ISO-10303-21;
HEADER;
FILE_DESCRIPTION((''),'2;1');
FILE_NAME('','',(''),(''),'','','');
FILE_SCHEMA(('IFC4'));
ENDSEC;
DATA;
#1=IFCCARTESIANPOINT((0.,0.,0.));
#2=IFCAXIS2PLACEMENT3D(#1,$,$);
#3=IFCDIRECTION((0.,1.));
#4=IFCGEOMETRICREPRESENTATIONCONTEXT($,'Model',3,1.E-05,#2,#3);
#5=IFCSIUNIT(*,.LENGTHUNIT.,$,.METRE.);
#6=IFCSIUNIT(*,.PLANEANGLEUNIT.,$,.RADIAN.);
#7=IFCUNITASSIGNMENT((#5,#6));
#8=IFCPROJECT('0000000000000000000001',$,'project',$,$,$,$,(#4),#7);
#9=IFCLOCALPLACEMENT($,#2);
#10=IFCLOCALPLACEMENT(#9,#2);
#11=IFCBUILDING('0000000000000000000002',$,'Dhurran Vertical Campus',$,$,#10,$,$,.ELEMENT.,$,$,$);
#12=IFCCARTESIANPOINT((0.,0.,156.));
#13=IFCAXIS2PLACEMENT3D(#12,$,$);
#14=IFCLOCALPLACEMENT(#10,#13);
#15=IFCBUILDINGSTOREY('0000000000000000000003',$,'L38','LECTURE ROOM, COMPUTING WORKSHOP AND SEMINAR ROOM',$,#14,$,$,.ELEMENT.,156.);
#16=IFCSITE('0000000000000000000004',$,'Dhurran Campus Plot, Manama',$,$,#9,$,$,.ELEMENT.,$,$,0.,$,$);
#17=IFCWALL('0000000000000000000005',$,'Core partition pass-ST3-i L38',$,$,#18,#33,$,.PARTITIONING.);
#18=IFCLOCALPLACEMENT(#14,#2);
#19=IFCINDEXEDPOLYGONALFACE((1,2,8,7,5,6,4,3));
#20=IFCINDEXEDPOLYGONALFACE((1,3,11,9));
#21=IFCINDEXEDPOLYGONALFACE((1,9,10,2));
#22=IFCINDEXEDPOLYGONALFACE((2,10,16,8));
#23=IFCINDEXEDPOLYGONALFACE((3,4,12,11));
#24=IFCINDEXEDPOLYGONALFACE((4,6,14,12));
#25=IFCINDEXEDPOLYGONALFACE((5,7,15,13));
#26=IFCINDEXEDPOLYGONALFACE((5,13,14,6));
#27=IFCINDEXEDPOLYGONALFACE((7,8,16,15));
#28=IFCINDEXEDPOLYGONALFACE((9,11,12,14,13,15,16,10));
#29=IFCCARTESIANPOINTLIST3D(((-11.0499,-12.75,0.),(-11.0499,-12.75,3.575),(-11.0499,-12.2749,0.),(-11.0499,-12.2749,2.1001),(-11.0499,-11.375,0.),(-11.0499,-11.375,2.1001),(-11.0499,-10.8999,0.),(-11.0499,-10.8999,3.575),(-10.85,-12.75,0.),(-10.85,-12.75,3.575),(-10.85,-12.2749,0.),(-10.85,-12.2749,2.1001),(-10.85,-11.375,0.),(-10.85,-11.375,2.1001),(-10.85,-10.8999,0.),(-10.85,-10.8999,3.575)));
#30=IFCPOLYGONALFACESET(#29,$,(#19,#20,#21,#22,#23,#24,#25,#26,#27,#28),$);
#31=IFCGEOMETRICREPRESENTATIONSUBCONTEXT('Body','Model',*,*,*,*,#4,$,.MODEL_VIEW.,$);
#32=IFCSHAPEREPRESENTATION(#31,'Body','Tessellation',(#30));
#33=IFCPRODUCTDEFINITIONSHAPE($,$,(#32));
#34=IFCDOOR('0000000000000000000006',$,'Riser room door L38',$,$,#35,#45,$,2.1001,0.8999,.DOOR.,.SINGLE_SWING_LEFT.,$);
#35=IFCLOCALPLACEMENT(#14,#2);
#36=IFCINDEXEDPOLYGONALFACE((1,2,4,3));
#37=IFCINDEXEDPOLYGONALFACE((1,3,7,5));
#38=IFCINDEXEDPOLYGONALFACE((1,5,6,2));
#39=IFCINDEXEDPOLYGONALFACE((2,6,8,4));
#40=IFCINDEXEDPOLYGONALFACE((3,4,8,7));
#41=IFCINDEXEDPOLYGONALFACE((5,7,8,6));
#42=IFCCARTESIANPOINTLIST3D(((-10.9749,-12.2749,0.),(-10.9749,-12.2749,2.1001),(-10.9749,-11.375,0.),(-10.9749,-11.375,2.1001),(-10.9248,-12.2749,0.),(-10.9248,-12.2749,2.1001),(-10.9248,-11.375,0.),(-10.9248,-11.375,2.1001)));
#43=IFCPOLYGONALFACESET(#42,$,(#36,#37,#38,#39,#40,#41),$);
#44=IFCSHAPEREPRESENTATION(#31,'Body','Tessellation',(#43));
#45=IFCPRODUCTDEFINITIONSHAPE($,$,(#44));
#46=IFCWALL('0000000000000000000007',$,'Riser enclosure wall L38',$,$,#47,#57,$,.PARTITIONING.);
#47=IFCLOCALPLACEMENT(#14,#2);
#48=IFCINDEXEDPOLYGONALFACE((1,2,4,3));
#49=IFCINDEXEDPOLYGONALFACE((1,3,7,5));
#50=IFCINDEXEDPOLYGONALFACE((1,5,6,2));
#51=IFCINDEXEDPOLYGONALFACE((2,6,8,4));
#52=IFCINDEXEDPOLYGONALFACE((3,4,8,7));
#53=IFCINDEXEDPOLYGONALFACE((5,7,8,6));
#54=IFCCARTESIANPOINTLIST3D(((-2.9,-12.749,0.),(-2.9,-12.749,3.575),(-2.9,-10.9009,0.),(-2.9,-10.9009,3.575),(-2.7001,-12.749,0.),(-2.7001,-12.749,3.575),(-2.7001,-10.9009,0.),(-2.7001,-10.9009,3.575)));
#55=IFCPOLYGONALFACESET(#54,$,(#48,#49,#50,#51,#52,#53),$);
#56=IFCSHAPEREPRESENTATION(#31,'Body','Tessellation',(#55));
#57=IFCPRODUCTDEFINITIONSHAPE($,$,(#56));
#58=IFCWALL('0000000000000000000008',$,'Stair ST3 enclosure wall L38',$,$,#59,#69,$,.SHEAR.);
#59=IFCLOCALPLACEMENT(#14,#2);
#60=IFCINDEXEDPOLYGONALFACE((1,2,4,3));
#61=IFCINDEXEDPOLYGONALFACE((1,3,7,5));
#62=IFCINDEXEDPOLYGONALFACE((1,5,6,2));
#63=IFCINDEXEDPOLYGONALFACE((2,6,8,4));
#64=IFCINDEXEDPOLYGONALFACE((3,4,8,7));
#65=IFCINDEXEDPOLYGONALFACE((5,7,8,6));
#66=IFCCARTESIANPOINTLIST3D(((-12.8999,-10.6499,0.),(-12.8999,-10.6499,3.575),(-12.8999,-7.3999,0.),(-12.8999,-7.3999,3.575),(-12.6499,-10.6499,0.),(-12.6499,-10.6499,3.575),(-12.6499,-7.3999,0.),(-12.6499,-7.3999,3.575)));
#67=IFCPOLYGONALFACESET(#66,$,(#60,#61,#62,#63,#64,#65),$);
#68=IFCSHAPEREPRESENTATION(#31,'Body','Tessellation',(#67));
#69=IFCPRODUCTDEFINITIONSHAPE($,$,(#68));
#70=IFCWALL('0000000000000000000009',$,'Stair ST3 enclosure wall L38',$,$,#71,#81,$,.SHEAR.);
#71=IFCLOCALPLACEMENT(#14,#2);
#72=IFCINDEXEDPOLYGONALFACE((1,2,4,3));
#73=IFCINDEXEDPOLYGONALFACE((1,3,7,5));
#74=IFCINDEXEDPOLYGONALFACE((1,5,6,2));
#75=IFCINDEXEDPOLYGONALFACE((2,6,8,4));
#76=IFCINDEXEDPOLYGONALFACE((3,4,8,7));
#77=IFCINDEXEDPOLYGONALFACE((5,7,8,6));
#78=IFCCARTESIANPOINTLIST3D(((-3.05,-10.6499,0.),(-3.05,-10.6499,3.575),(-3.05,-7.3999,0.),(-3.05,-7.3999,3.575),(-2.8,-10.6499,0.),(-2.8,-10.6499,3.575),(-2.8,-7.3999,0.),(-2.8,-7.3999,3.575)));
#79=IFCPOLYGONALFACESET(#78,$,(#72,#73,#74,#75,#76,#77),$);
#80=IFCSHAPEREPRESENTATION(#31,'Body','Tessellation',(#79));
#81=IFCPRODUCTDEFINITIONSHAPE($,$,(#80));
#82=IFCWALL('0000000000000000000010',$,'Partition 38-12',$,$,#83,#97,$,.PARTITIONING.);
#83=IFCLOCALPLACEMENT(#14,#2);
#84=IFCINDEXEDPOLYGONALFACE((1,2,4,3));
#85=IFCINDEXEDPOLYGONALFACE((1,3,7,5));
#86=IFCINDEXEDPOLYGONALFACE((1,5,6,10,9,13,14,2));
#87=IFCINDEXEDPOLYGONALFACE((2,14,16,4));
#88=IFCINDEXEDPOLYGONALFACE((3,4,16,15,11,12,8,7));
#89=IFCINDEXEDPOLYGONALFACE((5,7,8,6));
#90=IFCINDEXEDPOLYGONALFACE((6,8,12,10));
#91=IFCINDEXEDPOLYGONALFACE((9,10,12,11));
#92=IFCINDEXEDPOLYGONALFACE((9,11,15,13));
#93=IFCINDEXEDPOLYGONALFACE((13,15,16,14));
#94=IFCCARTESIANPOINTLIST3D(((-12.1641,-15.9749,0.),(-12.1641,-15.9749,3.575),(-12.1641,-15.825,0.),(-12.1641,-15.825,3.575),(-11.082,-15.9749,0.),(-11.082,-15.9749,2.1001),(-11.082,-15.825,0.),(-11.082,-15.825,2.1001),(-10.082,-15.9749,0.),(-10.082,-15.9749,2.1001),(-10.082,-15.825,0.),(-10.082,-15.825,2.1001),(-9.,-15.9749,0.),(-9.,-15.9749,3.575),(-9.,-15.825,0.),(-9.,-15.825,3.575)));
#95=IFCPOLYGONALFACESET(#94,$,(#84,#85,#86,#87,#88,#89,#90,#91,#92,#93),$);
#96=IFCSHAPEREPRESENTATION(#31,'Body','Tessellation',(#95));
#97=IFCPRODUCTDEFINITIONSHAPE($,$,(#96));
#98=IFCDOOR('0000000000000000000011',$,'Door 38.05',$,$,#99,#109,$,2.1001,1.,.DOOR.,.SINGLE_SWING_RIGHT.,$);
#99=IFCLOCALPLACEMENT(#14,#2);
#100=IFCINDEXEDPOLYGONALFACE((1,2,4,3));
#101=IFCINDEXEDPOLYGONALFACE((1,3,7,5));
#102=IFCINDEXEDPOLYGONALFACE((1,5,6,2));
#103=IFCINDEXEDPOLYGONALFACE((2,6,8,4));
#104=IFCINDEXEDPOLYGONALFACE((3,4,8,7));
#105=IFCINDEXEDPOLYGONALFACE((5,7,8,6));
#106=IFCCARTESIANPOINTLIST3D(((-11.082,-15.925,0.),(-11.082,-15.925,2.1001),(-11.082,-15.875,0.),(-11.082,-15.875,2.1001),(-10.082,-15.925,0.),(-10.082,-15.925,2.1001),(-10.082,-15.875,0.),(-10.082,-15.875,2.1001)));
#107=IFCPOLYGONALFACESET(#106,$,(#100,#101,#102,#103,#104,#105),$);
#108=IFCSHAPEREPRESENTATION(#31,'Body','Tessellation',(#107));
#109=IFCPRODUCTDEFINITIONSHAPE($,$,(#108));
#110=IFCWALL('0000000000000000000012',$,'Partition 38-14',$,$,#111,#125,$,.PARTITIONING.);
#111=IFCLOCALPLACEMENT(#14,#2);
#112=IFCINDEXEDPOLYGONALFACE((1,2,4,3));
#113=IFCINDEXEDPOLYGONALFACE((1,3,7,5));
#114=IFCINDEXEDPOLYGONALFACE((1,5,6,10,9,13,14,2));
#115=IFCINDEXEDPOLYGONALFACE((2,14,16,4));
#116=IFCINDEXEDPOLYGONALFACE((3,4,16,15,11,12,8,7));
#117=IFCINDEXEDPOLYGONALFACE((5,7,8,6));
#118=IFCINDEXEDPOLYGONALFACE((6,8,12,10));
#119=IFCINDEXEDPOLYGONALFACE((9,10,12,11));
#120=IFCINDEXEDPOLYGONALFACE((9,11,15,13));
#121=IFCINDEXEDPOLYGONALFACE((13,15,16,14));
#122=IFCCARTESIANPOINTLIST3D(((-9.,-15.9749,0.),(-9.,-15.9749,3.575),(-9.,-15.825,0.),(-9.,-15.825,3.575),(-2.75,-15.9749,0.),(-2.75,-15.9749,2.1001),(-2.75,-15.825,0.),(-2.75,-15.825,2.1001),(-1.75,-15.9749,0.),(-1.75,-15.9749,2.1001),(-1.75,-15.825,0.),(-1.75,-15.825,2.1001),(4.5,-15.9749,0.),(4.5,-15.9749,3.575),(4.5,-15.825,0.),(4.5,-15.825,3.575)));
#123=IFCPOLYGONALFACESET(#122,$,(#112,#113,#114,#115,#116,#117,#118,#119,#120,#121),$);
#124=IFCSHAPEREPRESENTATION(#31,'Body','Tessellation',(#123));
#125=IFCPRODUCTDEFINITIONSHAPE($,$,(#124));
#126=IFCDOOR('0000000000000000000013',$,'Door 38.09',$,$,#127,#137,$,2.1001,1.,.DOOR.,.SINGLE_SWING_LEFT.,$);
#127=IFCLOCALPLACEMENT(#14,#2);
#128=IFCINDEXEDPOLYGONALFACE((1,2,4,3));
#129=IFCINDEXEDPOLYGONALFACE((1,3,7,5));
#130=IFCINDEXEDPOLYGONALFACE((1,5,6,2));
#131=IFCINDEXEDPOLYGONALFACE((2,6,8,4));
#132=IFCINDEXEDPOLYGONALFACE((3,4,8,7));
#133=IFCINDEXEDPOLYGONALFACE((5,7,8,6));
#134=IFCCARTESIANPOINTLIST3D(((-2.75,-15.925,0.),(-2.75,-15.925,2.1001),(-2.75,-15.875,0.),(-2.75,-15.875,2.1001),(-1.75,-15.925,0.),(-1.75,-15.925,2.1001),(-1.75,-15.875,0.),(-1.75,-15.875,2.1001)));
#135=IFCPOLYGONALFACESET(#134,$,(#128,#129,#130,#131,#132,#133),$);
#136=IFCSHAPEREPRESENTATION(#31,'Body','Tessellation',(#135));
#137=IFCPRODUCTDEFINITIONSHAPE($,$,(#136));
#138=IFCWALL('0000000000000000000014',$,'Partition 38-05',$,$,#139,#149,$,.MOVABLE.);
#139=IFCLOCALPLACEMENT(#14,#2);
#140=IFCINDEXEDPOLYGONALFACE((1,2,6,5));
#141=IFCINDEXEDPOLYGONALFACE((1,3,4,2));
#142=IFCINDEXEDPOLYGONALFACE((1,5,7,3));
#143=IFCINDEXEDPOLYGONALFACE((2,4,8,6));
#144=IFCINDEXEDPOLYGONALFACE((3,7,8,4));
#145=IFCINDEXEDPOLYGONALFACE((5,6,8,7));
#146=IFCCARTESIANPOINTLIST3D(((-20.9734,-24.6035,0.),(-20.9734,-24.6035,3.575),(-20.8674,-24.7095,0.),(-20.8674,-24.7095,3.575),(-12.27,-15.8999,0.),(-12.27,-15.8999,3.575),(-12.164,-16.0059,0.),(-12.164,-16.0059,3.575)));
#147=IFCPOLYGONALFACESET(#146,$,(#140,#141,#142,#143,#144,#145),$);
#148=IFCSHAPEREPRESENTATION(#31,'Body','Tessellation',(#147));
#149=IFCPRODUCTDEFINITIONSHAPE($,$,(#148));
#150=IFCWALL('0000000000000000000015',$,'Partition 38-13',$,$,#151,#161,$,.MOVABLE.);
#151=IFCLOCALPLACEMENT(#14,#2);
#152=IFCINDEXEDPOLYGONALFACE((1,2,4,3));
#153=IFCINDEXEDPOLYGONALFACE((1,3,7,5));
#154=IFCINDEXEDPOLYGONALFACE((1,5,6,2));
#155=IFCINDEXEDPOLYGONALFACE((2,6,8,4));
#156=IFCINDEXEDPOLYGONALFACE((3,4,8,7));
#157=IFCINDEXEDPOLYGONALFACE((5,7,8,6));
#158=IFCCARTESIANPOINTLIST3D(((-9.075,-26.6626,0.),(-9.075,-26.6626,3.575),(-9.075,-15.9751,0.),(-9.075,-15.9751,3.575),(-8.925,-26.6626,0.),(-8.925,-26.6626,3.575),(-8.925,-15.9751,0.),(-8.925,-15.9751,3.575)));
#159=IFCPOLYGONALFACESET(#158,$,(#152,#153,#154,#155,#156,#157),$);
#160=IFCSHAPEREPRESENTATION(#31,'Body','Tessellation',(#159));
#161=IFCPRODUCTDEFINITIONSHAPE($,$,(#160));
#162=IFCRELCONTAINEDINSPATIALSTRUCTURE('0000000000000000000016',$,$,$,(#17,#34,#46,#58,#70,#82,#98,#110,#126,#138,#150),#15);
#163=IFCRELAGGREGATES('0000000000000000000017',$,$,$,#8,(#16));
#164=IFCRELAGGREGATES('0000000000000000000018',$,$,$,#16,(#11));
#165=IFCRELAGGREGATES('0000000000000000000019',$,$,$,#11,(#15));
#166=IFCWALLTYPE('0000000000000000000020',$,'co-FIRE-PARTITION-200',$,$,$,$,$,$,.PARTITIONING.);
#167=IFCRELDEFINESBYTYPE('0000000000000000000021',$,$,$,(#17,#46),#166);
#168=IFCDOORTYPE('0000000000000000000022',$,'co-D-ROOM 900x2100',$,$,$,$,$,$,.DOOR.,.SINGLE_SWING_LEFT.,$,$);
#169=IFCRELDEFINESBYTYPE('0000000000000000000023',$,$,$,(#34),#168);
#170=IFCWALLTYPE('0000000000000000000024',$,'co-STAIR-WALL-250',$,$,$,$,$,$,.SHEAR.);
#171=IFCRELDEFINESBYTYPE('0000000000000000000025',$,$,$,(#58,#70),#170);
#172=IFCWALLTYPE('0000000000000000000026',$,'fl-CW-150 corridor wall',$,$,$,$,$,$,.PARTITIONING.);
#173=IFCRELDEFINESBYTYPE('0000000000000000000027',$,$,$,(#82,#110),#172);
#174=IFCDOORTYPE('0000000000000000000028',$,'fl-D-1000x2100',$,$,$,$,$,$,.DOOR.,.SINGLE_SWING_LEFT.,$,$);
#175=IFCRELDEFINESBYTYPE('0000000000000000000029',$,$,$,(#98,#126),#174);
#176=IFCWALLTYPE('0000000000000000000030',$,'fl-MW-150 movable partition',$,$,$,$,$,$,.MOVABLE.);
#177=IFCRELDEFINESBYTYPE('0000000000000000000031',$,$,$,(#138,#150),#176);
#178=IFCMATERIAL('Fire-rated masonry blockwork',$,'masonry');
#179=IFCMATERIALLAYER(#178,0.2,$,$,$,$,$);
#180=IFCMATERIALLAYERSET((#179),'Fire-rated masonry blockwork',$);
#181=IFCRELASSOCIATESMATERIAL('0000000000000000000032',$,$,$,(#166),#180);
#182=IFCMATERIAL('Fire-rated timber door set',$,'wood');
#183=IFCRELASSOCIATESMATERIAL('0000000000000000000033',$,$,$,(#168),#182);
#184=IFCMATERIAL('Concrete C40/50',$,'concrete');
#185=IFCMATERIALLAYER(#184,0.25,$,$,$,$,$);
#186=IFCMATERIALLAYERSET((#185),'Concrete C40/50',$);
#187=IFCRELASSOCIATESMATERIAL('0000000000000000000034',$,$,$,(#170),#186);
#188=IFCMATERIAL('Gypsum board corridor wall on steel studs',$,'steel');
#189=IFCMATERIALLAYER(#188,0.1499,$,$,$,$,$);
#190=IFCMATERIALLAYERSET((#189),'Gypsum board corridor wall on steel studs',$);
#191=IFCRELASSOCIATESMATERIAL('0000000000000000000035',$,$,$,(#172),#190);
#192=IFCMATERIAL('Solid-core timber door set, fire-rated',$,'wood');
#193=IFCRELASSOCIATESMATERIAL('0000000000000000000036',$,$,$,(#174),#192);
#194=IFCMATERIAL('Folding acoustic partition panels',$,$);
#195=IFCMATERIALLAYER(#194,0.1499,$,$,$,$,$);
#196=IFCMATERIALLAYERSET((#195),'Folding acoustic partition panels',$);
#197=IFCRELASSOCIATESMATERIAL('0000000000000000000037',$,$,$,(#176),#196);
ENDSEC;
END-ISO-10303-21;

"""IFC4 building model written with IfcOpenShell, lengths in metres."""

from ifc_helpers import new_model, si_unit, direction, frame, frame_2d, origin, place, context, subcontext, project, spatial, rectangle, extrude, material, layer, layer_set, type_object, element, fill, save


model = new_model("IFC4")

# Units and contexts
model_context = context("Model", 3, precision=1e-05, world=origin(), true_north=direction((0.0, 1.0)))
body_context = subcontext(model_context, "Body", "Model", "MODEL_VIEW")
ifc_project = project(units=[si_unit("LENGTHUNIT", "METRE"), si_unit("PLANEANGLEUNIT", "RADIAN")], contexts=[model_context])

# Site, building, storey
site_placement = place(None, origin())
site = spatial("IfcSite", under=ifc_project, at=site_placement, Name="Dhurran Campus Plot, Manama", CompositionType="ELEMENT", RefElevation=0.0)
building_placement = place(site_placement, origin())
building = spatial("IfcBuilding", under=site, at=building_placement, Name="Dhurran Vertical Campus", CompositionType="ELEMENT")
storey_placement = place(building_placement, frame((0.0, 0.0, 156.0)))
storey = spatial("IfcBuildingStorey", under=building, at=storey_placement, Name="L38", Description="LECTURE ROOM, COMPUTING WORKSHOP AND SEMINAR ROOM", CompositionType="ELEMENT", Elevation=156.0)

# Shared definitions
ifc_material_1 = material(Name="Fire-rated masonry blockwork", Category="masonry")
ifc_layer_1 = layer(ifc_material_1, 0.2)
ifc_layer_set_1 = layer_set([ifc_layer_1], Name="Fire-rated masonry blockwork")
wall_type_1 = type_object("IfcWallType", Name="co-FIRE-PARTITION-200", PredefinedType="PARTITIONING", material=ifc_layer_set_1)

# Shared definitions
ifc_material_2 = material(Name="Fire-rated timber door set", Category="wood")
door_type_1 = type_object("IfcDoorType", Name="co-D-ROOM 900x2100", OperationType="SINGLE_SWING_LEFT", PredefinedType="DOOR", material=ifc_material_2)

# Wall, opening, door
wall_1_placement = place(storey_placement, frame((-10.95, -12.75, 0.0), z_axis=(0.0, 0.0, 1.0), x_axis=(0.0, 1.0, 0.0)))
wall_1 = element("IfcWall", 1, at=wall_1_placement, inside=storey, type_object=wall_type_1, Name="Core partition pass-ST3-i L38", PredefinedType="PARTITIONING", context=body_context, shape_type="SweptSolid", body=[
    extrude(rectangle(XDim=1.8501, YDim=0.2, at=frame_2d((0.925, 0.0))), origin(), (0.0, 0.0, 1.0), 3.575),
])
opening_1_placement = place(wall_1_placement, frame((0.4751, 0.0, 0.0)))
opening_1 = element("IfcOpeningElement", 2, at=opening_1_placement, cuts=wall_1, PredefinedType="OPENING", context=body_context, shape_type="SweptSolid", body=[
    extrude(rectangle(XDim=0.8999, YDim=2.1001, at=frame_2d((0.45, 1.05))), frame((0.0, 0.1099, 0.0), z_axis=(0.0, -1.0, 0.0), x_axis=(1.0, 0.0, 0.0)), (0.0, 0.0, 1.0), 0.22),
])
door_1_placement = place(opening_1_placement, origin())
door_1 = element("IfcDoor", 3, at=door_1_placement, inside=storey, type_object=door_type_1, Name="Riser room door L38", OperationType="SINGLE_SWING_LEFT", OverallHeight=2.1001, OverallWidth=0.8999, PredefinedType="DOOR", context=body_context, shape_type="SweptSolid", body=[
    extrude(rectangle(XDim=0.8999, YDim=2.1001, at=frame_2d((0.45, 1.05))), frame((0.0, 0.0249, 0.0), z_axis=(0.0, -1.0, 0.0), x_axis=(1.0, 0.0, 0.0)), (0.0, 0.0, 1.0), 0.05),
])
fill(opening_1, door_1)

# Walls
wall_2_placement = place(storey_placement, frame((-2.8, -12.749, 0.0), z_axis=(0.0, 0.0, 1.0), x_axis=(0.0, 1.0, 0.0)))
element("IfcWall", 4, at=wall_2_placement, inside=storey, type_object=wall_type_1, Name="Riser enclosure wall L38", PredefinedType="PARTITIONING", context=body_context, shape_type="SweptSolid", body=[
    extrude(rectangle(XDim=1.8481, YDim=0.2, at=frame_2d((0.9241, 0.0))), origin(), (0.0, 0.0, 1.0), 3.575),
])
ifc_material_3 = material(Name="Concrete C40/50", Category="concrete")
ifc_layer_2 = layer(ifc_material_3, 0.25)
ifc_layer_set_2 = layer_set([ifc_layer_2], Name="Concrete C40/50")
wall_type_2 = type_object("IfcWallType", Name="co-STAIR-WALL-250", PredefinedType="SHEAR", material=ifc_layer_set_2)
for number, where, z_axis, x_axis, name in (
    (5, (-12.7749, -10.6499, 0.0), (0.0, 0.0, 1.0), (0.0, 1.0, 0.0), "Stair ST3 enclosure wall L38"),
    (6, (-2.925, -10.6499, 0.0), (0.0, 0.0, 1.0), (0.0, 1.0, 0.0), "Stair ST3 enclosure wall L38"),
):
    element("IfcWall", number, at=place(storey_placement, frame(where, z_axis=z_axis, x_axis=x_axis)), inside=storey, type_object=wall_type_2, Name=name, PredefinedType="SHEAR", context=body_context, shape_type="SweptSolid", body=[
        extrude(rectangle(XDim=3.25, YDim=0.25, at=frame_2d((1.625, 0.0))), origin(), (0.0, 0.0, 1.0), 3.575),
    ])

# Walls, openings, doors
ifc_material_4 = material(Name="Gypsum board corridor wall on steel studs", Category="steel")
ifc_layer_3 = layer(ifc_material_4, 0.1499)
ifc_layer_set_3 = layer_set([ifc_layer_3], Name="Gypsum board corridor wall on steel studs")
wall_type_3 = type_object("IfcWallType", Name="fl-CW-150 corridor wall", PredefinedType="PARTITIONING", material=ifc_layer_set_3)
wall_3_placement = place(storey_placement, frame((-12.1641, -15.8999, 0.0), z_axis=(0.0, 0.0, 1.0), x_axis=(1.0, 0.0, 0.0)))
wall_3 = element("IfcWall", 7, at=wall_3_placement, inside=storey, type_object=wall_type_3, Name="Partition 38-12", PredefinedType="PARTITIONING", context=body_context, shape_type="SweptSolid", body=[
    extrude(rectangle(XDim=3.1641, YDim=0.1499, at=frame_2d((1.582, 0.0))), origin(), (0.0, 0.0, 1.0), 3.575),
])
opening_2_placement = place(wall_3_placement, frame((1.082, 0.0, 0.0)))
opening_2 = element("IfcOpeningElement", 8, at=opening_2_placement, cuts=wall_3, PredefinedType="OPENING", context=body_context, shape_type="SweptSolid", body=[
    extrude(rectangle(XDim=1.0, YDim=2.1001, at=frame_2d((0.5, 1.05))), frame((0.0, 0.085, 0.0), z_axis=(0.0, -1.0, 0.0), x_axis=(1.0, 0.0, 0.0)), (0.0, 0.0, 1.0), 0.1699),
])
ifc_material_5 = material(Name="Solid-core timber door set, fire-rated", Category="wood")
door_type_2 = type_object("IfcDoorType", Name="fl-D-1000x2100", OperationType="SINGLE_SWING_LEFT", PredefinedType="DOOR", material=ifc_material_5)
door_2_placement = place(opening_2_placement, origin())
door_2 = element("IfcDoor", 9, at=door_2_placement, inside=storey, type_object=door_type_2, Name="Door 38.05", OperationType="SINGLE_SWING_RIGHT", OverallHeight=2.1001, OverallWidth=1.0, PredefinedType="DOOR", context=body_context, shape_type="SweptSolid", body=[
    extrude(rectangle(XDim=1.0, YDim=2.1001, at=frame_2d((0.5, 1.05))), frame((0.0, 0.0249, 0.0), z_axis=(0.0, -1.0, 0.0), x_axis=(1.0, 0.0, 0.0)), (0.0, 0.0, 1.0), 0.05),
])
fill(opening_2, door_2)
wall_4_placement = place(storey_placement, frame((-9.0, -15.8999, 0.0), z_axis=(0.0, 0.0, 1.0), x_axis=(1.0, 0.0, 0.0)))
wall_4 = element("IfcWall", 10, at=wall_4_placement, inside=storey, type_object=wall_type_3, Name="Partition 38-14", PredefinedType="PARTITIONING", context=body_context, shape_type="SweptSolid", body=[
    extrude(rectangle(XDim=13.5, YDim=0.1499, at=frame_2d((6.75, 0.0))), origin(), (0.0, 0.0, 1.0), 3.575),
])
opening_3_placement = place(wall_4_placement, frame((6.25, 0.0, 0.0)))
opening_3 = element("IfcOpeningElement", 11, at=opening_3_placement, cuts=wall_4, PredefinedType="OPENING", context=body_context, shape_type="SweptSolid", body=[
    extrude(rectangle(XDim=1.0, YDim=2.1001, at=frame_2d((0.5, 1.05))), frame((0.0, 0.085, 0.0), z_axis=(0.0, -1.0, 0.0), x_axis=(1.0, 0.0, 0.0)), (0.0, 0.0, 1.0), 0.1699),
])
door_3_placement = place(opening_3_placement, origin())
door_3 = element("IfcDoor", 12, at=door_3_placement, inside=storey, type_object=door_type_2, Name="Door 38.09", OperationType="SINGLE_SWING_LEFT", OverallHeight=2.1001, OverallWidth=1.0, PredefinedType="DOOR", context=body_context, shape_type="SweptSolid", body=[
    extrude(rectangle(XDim=1.0, YDim=2.1001, at=frame_2d((0.5, 1.05))), frame((0.0, 0.0249, 0.0), z_axis=(0.0, -1.0, 0.0), x_axis=(1.0, 0.0, 0.0)), (0.0, 0.0, 1.0), 0.05),
])
fill(opening_3, door_3)

# Walls
ifc_material_6 = material(Name="Folding acoustic partition panels")
ifc_layer_4 = layer(ifc_material_6, 0.1499)
ifc_layer_set_4 = layer_set([ifc_layer_4], Name="Folding acoustic partition panels")
wall_type_4 = type_object("IfcWallType", Name="fl-MW-150 movable partition", PredefinedType="MOVABLE", material=ifc_layer_set_4)
wall_5_placement = place(storey_placement, frame((-12.217, -15.9529, 0.0), z_axis=(0.0, 0.0, 1.0), x_axis=(-0.707097, -0.707117, 0.0)))
element("IfcWall", 13, at=wall_5_placement, inside=storey, type_object=wall_type_4, Name="Partition 38-05", PredefinedType="MOVABLE", context=body_context, shape_type="SweptSolid", body=[
    extrude(rectangle(XDim=12.3086, YDim=0.1499, at=frame_2d((6.1543, 0.0))), origin(), (0.0, 0.0, 1.0), 3.575),
])
wall_6_placement = place(storey_placement, frame((-9.0, -15.9751, 0.0), z_axis=(0.0, 0.0, 1.0), x_axis=(0.0, -1.0, 0.0)))
element("IfcWall", 14, at=wall_6_placement, inside=storey, type_object=wall_type_4, Name="Partition 38-13", PredefinedType="MOVABLE", context=body_context, shape_type="SweptSolid", body=[
    extrude(rectangle(XDim=10.6875, YDim=0.1499, at=frame_2d((5.3438, 0.0))), origin(), (0.0, 0.0, 1.0), 3.575),
])

save(model, "model.ifc")
